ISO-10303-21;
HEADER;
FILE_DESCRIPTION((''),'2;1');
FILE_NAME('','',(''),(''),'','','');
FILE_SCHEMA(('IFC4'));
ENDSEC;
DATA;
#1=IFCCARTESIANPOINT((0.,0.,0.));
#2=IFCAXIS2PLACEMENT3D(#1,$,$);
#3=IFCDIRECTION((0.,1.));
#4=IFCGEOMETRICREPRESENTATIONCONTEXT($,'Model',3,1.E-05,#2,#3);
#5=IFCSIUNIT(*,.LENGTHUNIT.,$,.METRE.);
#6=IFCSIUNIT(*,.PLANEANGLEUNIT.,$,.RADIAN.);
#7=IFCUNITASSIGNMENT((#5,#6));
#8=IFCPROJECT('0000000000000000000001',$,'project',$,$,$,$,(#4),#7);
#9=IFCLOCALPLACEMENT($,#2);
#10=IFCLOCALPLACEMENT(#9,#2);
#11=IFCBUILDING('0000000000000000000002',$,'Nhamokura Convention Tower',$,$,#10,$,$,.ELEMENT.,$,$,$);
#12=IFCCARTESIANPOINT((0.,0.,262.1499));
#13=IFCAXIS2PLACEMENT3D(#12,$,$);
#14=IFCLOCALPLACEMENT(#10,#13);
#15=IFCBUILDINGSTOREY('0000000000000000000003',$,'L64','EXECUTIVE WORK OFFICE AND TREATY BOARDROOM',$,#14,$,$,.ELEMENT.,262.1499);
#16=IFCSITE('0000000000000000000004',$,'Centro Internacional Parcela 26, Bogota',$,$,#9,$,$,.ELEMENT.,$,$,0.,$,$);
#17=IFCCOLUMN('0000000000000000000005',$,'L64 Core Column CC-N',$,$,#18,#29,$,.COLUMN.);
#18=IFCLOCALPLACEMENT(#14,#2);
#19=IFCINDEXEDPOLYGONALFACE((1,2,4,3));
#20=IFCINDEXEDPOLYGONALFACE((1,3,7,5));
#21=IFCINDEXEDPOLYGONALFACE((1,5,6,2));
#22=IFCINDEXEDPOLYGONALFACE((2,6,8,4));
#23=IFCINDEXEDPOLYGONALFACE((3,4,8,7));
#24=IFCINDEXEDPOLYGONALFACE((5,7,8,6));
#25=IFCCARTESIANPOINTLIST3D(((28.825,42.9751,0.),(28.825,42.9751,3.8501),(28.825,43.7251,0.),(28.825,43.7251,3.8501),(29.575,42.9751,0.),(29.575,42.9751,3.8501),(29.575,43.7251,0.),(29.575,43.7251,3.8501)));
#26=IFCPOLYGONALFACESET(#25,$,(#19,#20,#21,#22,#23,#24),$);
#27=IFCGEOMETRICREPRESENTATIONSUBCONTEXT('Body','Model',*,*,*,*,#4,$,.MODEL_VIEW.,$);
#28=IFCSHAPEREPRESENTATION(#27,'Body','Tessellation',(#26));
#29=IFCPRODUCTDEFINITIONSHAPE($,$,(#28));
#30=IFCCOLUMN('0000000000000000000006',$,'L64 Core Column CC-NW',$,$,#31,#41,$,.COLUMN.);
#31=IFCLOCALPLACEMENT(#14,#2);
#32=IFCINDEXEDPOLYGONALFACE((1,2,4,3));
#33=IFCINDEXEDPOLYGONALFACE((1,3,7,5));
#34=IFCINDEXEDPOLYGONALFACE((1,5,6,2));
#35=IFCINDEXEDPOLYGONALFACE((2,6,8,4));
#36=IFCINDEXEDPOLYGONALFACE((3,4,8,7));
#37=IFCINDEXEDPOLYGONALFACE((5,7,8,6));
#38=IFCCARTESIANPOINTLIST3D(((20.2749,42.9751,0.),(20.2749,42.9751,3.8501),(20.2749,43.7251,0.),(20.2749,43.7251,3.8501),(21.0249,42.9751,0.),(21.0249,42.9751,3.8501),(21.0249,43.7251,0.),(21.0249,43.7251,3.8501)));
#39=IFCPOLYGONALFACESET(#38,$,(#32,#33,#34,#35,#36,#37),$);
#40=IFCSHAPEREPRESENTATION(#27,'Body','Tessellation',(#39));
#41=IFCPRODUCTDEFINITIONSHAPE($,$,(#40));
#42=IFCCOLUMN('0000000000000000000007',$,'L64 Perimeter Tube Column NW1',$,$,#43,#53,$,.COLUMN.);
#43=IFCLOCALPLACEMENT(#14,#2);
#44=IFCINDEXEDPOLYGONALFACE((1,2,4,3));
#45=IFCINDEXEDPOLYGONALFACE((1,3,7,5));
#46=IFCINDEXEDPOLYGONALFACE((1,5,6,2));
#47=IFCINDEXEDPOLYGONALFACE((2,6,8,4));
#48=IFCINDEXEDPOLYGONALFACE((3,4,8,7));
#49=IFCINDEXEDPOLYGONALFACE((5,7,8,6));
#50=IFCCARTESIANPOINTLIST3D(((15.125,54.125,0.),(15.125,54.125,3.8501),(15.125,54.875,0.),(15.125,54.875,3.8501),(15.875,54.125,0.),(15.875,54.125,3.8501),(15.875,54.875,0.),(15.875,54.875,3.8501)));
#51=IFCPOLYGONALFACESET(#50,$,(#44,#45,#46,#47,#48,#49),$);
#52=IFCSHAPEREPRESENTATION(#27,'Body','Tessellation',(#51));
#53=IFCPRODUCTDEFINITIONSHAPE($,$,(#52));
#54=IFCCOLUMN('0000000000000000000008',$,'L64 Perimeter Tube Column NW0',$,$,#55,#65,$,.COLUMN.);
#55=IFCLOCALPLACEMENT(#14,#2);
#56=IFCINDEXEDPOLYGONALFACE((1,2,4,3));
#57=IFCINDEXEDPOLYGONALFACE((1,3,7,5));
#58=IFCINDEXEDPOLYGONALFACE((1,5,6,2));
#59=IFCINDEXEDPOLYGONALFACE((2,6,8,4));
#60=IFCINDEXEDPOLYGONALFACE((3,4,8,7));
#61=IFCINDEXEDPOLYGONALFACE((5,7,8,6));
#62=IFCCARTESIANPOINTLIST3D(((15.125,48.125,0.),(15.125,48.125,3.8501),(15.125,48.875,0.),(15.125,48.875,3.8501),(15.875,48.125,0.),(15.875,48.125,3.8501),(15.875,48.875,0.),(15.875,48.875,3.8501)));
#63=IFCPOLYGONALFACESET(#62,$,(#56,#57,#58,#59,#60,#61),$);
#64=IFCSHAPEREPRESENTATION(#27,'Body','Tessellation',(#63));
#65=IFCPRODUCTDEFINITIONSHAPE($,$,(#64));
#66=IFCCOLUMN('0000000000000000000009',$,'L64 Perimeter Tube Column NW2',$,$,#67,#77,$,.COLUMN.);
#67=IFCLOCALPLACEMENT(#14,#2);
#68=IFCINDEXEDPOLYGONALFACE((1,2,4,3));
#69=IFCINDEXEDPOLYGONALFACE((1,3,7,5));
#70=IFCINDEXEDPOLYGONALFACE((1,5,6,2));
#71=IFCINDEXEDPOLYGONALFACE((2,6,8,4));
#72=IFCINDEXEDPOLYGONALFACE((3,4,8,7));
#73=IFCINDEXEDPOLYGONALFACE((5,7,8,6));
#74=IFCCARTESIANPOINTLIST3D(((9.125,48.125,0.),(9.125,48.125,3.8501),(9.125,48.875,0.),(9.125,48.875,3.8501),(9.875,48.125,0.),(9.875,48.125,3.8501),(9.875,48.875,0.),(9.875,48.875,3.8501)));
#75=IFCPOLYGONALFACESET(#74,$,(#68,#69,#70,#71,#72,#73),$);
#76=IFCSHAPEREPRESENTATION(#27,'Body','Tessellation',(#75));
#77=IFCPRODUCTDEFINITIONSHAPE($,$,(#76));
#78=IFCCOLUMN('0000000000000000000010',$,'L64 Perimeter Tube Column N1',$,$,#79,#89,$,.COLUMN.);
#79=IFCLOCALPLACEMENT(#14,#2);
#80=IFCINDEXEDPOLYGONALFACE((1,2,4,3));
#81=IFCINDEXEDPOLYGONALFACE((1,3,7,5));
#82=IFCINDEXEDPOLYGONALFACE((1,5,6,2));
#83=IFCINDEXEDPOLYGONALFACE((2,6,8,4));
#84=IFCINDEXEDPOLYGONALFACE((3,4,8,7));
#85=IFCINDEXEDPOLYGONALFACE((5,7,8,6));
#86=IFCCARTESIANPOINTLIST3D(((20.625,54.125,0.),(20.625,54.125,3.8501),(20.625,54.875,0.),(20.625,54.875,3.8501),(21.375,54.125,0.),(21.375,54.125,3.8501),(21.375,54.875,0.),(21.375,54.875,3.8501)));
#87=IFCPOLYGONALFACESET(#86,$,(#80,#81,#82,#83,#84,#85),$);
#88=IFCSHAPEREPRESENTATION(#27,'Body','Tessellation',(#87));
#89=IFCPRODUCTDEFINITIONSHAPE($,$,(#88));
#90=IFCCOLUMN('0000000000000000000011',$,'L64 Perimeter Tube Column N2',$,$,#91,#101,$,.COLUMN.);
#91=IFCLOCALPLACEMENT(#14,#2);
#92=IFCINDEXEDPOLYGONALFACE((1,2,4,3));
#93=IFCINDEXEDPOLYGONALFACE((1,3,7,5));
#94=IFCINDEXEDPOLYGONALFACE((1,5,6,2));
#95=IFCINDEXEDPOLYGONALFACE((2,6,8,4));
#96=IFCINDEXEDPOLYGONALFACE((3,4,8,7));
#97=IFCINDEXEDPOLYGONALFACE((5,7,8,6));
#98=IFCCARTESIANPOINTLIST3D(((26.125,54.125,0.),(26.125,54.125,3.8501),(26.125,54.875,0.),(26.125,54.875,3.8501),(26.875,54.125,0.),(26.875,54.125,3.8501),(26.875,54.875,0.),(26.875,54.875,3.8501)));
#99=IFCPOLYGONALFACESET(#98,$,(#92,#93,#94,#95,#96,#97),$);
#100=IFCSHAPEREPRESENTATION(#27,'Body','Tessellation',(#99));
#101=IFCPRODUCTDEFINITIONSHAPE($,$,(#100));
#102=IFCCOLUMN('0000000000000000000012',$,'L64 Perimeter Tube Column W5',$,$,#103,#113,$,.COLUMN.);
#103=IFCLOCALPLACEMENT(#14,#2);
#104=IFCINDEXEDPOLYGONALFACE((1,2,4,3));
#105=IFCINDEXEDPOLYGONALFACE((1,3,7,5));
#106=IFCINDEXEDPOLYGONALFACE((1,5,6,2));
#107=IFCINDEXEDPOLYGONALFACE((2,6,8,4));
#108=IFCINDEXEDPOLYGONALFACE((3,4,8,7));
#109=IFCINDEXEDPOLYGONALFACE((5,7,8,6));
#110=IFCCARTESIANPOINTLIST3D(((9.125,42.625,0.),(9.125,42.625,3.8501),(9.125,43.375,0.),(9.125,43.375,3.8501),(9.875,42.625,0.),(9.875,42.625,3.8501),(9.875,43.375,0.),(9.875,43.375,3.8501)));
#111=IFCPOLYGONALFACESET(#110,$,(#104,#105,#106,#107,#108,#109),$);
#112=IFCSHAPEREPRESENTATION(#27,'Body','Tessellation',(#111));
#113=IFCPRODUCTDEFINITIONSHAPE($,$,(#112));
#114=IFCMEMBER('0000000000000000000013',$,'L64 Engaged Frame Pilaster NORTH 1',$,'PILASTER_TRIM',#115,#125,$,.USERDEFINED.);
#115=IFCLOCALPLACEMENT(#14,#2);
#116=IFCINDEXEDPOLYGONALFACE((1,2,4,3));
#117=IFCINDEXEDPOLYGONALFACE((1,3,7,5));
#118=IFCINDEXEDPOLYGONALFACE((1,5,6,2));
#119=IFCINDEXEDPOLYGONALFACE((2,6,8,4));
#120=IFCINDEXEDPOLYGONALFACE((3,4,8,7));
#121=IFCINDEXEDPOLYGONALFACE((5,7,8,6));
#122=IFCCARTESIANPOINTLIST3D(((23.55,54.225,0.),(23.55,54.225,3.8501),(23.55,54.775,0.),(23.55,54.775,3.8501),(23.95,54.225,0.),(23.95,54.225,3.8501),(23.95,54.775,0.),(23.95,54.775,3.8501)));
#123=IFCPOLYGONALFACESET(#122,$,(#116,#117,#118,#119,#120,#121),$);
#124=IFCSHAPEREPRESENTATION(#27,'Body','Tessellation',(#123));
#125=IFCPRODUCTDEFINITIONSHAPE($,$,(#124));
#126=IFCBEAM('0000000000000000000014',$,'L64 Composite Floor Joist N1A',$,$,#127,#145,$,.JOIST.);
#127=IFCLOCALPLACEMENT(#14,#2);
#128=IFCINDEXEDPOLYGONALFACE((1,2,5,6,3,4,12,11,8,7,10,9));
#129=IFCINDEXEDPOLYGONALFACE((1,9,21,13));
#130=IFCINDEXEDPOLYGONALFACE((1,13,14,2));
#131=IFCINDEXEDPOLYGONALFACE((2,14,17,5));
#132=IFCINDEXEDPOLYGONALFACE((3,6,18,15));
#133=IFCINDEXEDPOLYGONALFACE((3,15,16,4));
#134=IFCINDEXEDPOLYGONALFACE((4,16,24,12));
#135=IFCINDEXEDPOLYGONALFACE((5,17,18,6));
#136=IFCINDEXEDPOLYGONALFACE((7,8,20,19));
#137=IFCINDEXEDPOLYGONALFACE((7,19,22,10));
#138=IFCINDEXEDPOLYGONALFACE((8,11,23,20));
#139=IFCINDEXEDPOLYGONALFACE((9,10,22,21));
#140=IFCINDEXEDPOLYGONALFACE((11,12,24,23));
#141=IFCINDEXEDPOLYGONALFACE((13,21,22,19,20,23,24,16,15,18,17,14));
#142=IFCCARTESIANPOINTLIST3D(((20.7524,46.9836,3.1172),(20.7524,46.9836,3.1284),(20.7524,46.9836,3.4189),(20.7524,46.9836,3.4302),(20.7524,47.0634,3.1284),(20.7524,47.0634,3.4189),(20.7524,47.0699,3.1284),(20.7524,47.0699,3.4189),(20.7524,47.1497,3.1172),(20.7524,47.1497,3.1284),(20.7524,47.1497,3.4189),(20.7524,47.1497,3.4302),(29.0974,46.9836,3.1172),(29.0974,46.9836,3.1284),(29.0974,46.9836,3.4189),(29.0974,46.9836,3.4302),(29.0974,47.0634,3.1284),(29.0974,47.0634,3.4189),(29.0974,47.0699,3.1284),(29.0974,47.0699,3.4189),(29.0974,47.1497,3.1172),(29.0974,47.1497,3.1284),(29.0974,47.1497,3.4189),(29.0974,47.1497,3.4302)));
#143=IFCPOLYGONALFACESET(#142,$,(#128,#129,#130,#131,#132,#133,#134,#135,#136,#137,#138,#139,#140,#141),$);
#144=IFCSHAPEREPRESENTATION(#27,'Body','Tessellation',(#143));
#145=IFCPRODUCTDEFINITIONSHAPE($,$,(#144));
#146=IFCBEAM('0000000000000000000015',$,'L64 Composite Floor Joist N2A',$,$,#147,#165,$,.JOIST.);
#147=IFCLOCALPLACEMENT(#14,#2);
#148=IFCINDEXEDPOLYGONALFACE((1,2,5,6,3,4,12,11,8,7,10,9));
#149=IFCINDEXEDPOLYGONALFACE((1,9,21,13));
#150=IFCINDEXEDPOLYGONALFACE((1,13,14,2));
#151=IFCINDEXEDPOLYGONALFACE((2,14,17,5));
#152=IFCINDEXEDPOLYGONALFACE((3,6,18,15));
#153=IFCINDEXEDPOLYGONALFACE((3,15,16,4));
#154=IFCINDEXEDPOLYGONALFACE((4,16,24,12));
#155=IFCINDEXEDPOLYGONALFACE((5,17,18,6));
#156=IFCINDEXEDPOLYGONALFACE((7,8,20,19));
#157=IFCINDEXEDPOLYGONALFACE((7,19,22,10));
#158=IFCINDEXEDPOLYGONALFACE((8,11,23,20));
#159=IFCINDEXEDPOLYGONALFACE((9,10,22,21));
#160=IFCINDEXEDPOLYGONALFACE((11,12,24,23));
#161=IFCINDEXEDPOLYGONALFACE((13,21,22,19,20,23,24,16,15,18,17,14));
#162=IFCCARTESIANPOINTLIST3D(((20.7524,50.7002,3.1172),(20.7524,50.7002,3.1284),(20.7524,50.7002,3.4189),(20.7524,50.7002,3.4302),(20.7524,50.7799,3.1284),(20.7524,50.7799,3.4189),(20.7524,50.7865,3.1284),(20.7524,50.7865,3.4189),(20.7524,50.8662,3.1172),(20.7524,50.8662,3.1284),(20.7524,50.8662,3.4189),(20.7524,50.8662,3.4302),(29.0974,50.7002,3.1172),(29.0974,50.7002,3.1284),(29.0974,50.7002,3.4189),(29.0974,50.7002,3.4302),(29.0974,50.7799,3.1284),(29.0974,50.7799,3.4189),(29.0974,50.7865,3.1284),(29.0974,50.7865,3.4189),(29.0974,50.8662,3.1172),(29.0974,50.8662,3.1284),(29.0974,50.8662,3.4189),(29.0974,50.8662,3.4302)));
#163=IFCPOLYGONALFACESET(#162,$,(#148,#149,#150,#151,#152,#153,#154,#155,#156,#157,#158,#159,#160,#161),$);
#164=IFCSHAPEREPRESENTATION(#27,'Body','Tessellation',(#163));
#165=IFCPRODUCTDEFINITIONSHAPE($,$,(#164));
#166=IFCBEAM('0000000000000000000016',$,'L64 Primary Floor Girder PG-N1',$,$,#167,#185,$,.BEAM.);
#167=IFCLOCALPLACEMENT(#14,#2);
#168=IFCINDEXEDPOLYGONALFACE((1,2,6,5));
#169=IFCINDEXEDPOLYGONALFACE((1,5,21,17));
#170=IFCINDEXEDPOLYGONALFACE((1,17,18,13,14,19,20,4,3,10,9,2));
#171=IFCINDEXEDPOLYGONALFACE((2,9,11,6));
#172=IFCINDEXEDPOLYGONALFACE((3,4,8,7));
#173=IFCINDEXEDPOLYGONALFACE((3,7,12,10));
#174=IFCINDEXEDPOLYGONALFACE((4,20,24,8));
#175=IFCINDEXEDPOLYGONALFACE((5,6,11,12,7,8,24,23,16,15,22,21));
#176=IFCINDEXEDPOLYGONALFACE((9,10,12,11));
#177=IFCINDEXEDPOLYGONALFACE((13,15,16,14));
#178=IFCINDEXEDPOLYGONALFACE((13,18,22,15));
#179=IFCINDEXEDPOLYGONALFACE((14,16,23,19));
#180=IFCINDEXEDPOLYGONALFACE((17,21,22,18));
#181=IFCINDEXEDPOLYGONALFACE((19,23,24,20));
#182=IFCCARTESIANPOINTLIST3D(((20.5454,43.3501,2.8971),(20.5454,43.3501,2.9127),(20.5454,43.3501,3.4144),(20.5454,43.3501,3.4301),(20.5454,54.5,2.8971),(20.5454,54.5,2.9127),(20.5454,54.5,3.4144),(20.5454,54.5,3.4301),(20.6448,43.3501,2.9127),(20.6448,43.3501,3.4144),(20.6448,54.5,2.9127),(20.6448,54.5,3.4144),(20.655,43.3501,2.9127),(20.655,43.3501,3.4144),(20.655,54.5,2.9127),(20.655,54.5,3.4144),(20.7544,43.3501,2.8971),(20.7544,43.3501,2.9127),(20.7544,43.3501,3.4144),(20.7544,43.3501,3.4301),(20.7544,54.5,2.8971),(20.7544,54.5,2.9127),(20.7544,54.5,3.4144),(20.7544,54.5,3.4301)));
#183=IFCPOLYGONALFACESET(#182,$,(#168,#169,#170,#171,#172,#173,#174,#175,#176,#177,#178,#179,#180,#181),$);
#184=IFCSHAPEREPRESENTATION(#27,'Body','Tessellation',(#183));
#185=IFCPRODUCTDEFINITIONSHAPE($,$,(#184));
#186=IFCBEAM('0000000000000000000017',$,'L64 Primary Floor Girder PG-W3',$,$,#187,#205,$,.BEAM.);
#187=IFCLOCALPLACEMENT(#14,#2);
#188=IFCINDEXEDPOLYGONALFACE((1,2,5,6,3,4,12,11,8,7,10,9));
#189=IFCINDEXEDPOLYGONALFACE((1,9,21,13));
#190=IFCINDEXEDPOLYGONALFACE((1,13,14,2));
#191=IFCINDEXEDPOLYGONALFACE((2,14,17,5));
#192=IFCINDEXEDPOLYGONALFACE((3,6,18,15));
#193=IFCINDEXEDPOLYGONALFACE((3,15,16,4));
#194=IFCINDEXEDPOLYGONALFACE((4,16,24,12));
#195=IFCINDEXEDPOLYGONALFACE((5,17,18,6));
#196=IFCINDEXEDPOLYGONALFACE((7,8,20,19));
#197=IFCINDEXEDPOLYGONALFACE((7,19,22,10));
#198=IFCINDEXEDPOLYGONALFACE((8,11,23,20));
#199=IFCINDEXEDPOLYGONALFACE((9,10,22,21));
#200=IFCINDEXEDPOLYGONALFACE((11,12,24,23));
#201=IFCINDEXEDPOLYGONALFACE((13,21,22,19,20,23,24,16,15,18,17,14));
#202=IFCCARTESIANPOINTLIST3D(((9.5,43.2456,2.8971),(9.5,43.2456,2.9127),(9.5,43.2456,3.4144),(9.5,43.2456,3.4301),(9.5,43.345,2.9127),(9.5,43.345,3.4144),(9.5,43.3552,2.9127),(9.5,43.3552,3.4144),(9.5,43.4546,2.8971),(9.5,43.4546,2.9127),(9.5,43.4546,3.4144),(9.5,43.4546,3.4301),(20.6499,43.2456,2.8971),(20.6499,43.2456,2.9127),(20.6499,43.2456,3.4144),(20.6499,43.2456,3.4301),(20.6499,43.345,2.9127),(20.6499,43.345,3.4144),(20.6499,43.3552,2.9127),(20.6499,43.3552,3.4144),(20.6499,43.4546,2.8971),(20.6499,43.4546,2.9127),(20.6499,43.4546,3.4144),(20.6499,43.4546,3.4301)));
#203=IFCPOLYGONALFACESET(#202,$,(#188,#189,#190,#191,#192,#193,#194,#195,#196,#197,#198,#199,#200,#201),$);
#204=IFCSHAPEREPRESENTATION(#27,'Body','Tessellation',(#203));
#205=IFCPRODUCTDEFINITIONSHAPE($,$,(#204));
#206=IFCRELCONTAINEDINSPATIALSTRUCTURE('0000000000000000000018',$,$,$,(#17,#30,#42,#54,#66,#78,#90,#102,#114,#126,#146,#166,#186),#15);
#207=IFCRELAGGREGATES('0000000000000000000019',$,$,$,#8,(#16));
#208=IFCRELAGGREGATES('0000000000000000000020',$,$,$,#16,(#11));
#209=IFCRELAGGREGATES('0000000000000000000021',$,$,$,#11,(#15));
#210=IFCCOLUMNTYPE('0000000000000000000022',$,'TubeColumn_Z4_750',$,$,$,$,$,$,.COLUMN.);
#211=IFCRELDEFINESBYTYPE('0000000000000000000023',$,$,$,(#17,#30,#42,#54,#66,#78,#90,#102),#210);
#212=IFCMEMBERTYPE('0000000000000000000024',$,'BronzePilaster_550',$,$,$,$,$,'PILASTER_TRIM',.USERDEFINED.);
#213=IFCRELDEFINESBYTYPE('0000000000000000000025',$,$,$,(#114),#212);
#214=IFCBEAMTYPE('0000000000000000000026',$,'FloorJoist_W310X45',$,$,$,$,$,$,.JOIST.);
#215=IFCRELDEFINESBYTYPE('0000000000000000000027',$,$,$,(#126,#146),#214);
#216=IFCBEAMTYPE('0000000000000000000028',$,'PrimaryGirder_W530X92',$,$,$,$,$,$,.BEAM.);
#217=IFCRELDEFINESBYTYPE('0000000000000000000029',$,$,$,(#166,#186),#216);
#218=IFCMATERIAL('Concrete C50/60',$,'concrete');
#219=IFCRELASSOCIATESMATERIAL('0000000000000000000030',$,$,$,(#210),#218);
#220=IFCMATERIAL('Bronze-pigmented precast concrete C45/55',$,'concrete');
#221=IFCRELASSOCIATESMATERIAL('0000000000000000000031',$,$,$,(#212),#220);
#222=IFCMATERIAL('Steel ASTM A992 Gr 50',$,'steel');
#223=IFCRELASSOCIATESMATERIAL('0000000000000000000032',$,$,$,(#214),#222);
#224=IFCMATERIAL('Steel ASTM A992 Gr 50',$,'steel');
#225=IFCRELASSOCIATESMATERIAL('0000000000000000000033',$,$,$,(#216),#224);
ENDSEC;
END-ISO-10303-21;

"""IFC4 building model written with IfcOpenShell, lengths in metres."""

from ifc_helpers import new_model, si_unit, direction, frame, origin, origin_2d, place, context, subcontext, project, spatial, rectangle, i_section, extrude, material, material_profile, profile_set, type_object, element, save


model = new_model("IFC4")

# Units and contexts
model_context = context("Model", 3, precision=1e-05, world=origin(), true_north=direction((0.0, 1.0)))
body_context = subcontext(model_context, "Body", "Model", "MODEL_VIEW")
ifc_project = project(units=[si_unit("LENGTHUNIT", "METRE"), si_unit("PLANEANGLEUNIT", "RADIAN")], contexts=[model_context])

# Site, building, storey
site_placement = place(None, origin())
site = spatial("IfcSite", under=ifc_project, at=site_placement, Name="Centro Internacional Parcela 26, Bogota", CompositionType="ELEMENT", RefElevation=0.0)
building_placement = place(site_placement, origin())
building = spatial("IfcBuilding", under=site, at=building_placement, Name="Nhamokura Convention Tower", CompositionType="ELEMENT")
storey_placement = place(building_placement, frame((0.0, 0.0, 262.1499)))
storey = spatial("IfcBuildingStorey", under=building, at=storey_placement, Name="L64", Description="EXECUTIVE WORK OFFICE AND TREATY BOARDROOM", CompositionType="ELEMENT", Elevation=262.1499)

# Columns
ifc_material_1 = material(Name="Concrete C50/60", Category="concrete")
ifc_material_profile_1 = material_profile(ifc_material_1, rectangle(XDim=0.75, YDim=0.75, at=origin_2d()))
ifc_profile_set_1 = profile_set([ifc_material_profile_1], Name="Concrete C50/60")
column_type = type_object("IfcColumnType", Name="TubeColumn_Z4_750", PredefinedType="COLUMN", material=ifc_profile_set_1)
for number, where, z_axis, x_axis, name in (
    (1, (29.2, 43.3501, 0.0), (0.0, 0.0, 1.0), (1.0, 0.0, 0.0), "L64 Core Column CC-N"),
    (2, (20.6499, 43.3501, 0.0), (0.0, 0.0, 1.0), (1.0, 0.0, 0.0), "L64 Core Column CC-NW"),
    (3, (15.5, 54.5, 0.0), (0.0, 0.0, 1.0), (1.0, 0.0, 0.0), "L64 Perimeter Tube Column NW1"),
    (4, (15.5, 48.5, 0.0), (0.0, 0.0, 1.0), (1.0, 0.0, 0.0), "L64 Perimeter Tube Column NW0"),
    (5, (9.5, 48.5, 0.0), (0.0, 0.0, 1.0), (1.0, 0.0, 0.0), "L64 Perimeter Tube Column NW2"),
    (6, (21.0, 54.5, 0.0), (0.0, 0.0, 1.0), (1.0, 0.0, 0.0), "L64 Perimeter Tube Column N1"),
    (7, (26.5, 54.5, 0.0), (0.0, 0.0, 1.0), (1.0, 0.0, 0.0), "L64 Perimeter Tube Column N2"),
    (8, (9.5, 43.0, 0.0), (0.0, 0.0, 1.0), (1.0, 0.0, 0.0), "L64 Perimeter Tube Column W5"),
):
    element("IfcColumn", number, at=place(storey_placement, frame(where, z_axis=z_axis, x_axis=x_axis)), inside=storey, type_object=column_type, Name=name, PredefinedType="COLUMN", context=body_context, shape_type="SweptSolid", body=[
        extrude(rectangle(XDim=0.75, YDim=0.75, at=origin_2d()), origin(), (0.0, 0.0, 1.0), 3.8501),
    ])

# Member
ifc_material_2 = material(Name="Bronze-pigmented precast concrete C45/55", Category="concrete")
ifc_material_profile_2 = material_profile(ifc_material_2, rectangle(XDim=0.3999, YDim=0.55, at=origin_2d()))
ifc_profile_set_2 = profile_set([ifc_material_profile_2], Name="Bronze-pigmented precast concrete C45/55")
member_type_1 = type_object("IfcMemberType", Name="BronzePilaster_550", ElementType="PILASTER_TRIM", PredefinedType="USERDEFINED", material=ifc_profile_set_2)
member_placement = place(storey_placement, frame((23.75, 54.5, 0.0), z_axis=(0.0, 0.0, 1.0), x_axis=(1.0, 0.0, 0.0)))
element("IfcMember", 9, at=member_placement, inside=storey, type_object=member_type_1, Name="L64 Engaged Frame Pilaster NORTH 1", ObjectType="PILASTER_TRIM", PredefinedType="USERDEFINED", context=body_context, shape_type="SweptSolid", body=[
    extrude(rectangle(XDim=0.3999, YDim=0.55, at=origin_2d()), origin(), (0.0, 0.0, 1.0), 3.8501),
])

# Beams
ifc_material_3 = material(Name="Steel ASTM A992 Gr 50", Category="steel")
ifc_material_profile_3 = material_profile(ifc_material_3, i_section(OverallWidth=0.166, OverallDepth=0.313, WebThickness=0.0066, FlangeThickness=0.0112, at=origin_2d()))
ifc_profile_set_3 = profile_set([ifc_material_profile_3], Name="Steel ASTM A992 Gr 50")
beam_type_1 = type_object("IfcBeamType", Name="FloorJoist_W310X45", PredefinedType="JOIST", material=ifc_profile_set_3)
for number, where, z_axis, x_axis, name in (
    (10, (20.7524, 47.0667, 3.2737), (1.0, 0.0, 0.0), (0.0, 1.0, 0.0), "L64 Composite Floor Joist N1A"),
    (11, (20.7524, 50.7832, 3.2737), (1.0, 0.0, 0.0), (0.0, 1.0, 0.0), "L64 Composite Floor Joist N2A"),
):
    element("IfcBeam", number, at=place(storey_placement, frame(where, z_axis=z_axis, x_axis=x_axis)), inside=storey, type_object=beam_type_1, Name=name, PredefinedType="JOIST", context=body_context, shape_type="SweptSolid", body=[
        extrude(i_section(OverallWidth=0.166, OverallDepth=0.313, WebThickness=0.0066, FlangeThickness=0.0112, at=origin_2d()), origin(), (0.0, 0.0, 1.0), 8.345),
    ])
ifc_material_4 = material(Name="Steel ASTM A992 Gr 50", Category="steel")
ifc_material_profile_4 = material_profile(ifc_material_4, i_section(OverallWidth=0.209, OverallDepth=0.533, WebThickness=0.0103, FlangeThickness=0.0156, at=origin_2d()))
ifc_profile_set_4 = profile_set([ifc_material_profile_4], Name="Steel ASTM A992 Gr 50")
beam_type_2 = type_object("IfcBeamType", Name="PrimaryGirder_W530X92", PredefinedType="BEAM", material=ifc_profile_set_4)
for number, where, z_axis, x_axis, name in (
    (12, (20.6499, 43.3501, 3.1636), (0.0, 1.0, 0.0), (-1.0, 0.0, 0.0), "L64 Primary Floor Girder PG-N1"),
    (13, (9.5, 43.3501, 3.1636), (1.0, 0.0, 0.0), (0.0, 1.0, 0.0), "L64 Primary Floor Girder PG-W3"),
):
    element("IfcBeam", number, at=place(storey_placement, frame(where, z_axis=z_axis, x_axis=x_axis)), inside=storey, type_object=beam_type_2, Name=name, PredefinedType="BEAM", context=body_context, shape_type="SweptSolid", body=[
        extrude(i_section(OverallWidth=0.209, OverallDepth=0.533, WebThickness=0.0103, FlangeThickness=0.0156, at=origin_2d()), origin(), (0.0, 0.0, 1.0), 11.1499),
    ])

save(model, "model.ifc")
